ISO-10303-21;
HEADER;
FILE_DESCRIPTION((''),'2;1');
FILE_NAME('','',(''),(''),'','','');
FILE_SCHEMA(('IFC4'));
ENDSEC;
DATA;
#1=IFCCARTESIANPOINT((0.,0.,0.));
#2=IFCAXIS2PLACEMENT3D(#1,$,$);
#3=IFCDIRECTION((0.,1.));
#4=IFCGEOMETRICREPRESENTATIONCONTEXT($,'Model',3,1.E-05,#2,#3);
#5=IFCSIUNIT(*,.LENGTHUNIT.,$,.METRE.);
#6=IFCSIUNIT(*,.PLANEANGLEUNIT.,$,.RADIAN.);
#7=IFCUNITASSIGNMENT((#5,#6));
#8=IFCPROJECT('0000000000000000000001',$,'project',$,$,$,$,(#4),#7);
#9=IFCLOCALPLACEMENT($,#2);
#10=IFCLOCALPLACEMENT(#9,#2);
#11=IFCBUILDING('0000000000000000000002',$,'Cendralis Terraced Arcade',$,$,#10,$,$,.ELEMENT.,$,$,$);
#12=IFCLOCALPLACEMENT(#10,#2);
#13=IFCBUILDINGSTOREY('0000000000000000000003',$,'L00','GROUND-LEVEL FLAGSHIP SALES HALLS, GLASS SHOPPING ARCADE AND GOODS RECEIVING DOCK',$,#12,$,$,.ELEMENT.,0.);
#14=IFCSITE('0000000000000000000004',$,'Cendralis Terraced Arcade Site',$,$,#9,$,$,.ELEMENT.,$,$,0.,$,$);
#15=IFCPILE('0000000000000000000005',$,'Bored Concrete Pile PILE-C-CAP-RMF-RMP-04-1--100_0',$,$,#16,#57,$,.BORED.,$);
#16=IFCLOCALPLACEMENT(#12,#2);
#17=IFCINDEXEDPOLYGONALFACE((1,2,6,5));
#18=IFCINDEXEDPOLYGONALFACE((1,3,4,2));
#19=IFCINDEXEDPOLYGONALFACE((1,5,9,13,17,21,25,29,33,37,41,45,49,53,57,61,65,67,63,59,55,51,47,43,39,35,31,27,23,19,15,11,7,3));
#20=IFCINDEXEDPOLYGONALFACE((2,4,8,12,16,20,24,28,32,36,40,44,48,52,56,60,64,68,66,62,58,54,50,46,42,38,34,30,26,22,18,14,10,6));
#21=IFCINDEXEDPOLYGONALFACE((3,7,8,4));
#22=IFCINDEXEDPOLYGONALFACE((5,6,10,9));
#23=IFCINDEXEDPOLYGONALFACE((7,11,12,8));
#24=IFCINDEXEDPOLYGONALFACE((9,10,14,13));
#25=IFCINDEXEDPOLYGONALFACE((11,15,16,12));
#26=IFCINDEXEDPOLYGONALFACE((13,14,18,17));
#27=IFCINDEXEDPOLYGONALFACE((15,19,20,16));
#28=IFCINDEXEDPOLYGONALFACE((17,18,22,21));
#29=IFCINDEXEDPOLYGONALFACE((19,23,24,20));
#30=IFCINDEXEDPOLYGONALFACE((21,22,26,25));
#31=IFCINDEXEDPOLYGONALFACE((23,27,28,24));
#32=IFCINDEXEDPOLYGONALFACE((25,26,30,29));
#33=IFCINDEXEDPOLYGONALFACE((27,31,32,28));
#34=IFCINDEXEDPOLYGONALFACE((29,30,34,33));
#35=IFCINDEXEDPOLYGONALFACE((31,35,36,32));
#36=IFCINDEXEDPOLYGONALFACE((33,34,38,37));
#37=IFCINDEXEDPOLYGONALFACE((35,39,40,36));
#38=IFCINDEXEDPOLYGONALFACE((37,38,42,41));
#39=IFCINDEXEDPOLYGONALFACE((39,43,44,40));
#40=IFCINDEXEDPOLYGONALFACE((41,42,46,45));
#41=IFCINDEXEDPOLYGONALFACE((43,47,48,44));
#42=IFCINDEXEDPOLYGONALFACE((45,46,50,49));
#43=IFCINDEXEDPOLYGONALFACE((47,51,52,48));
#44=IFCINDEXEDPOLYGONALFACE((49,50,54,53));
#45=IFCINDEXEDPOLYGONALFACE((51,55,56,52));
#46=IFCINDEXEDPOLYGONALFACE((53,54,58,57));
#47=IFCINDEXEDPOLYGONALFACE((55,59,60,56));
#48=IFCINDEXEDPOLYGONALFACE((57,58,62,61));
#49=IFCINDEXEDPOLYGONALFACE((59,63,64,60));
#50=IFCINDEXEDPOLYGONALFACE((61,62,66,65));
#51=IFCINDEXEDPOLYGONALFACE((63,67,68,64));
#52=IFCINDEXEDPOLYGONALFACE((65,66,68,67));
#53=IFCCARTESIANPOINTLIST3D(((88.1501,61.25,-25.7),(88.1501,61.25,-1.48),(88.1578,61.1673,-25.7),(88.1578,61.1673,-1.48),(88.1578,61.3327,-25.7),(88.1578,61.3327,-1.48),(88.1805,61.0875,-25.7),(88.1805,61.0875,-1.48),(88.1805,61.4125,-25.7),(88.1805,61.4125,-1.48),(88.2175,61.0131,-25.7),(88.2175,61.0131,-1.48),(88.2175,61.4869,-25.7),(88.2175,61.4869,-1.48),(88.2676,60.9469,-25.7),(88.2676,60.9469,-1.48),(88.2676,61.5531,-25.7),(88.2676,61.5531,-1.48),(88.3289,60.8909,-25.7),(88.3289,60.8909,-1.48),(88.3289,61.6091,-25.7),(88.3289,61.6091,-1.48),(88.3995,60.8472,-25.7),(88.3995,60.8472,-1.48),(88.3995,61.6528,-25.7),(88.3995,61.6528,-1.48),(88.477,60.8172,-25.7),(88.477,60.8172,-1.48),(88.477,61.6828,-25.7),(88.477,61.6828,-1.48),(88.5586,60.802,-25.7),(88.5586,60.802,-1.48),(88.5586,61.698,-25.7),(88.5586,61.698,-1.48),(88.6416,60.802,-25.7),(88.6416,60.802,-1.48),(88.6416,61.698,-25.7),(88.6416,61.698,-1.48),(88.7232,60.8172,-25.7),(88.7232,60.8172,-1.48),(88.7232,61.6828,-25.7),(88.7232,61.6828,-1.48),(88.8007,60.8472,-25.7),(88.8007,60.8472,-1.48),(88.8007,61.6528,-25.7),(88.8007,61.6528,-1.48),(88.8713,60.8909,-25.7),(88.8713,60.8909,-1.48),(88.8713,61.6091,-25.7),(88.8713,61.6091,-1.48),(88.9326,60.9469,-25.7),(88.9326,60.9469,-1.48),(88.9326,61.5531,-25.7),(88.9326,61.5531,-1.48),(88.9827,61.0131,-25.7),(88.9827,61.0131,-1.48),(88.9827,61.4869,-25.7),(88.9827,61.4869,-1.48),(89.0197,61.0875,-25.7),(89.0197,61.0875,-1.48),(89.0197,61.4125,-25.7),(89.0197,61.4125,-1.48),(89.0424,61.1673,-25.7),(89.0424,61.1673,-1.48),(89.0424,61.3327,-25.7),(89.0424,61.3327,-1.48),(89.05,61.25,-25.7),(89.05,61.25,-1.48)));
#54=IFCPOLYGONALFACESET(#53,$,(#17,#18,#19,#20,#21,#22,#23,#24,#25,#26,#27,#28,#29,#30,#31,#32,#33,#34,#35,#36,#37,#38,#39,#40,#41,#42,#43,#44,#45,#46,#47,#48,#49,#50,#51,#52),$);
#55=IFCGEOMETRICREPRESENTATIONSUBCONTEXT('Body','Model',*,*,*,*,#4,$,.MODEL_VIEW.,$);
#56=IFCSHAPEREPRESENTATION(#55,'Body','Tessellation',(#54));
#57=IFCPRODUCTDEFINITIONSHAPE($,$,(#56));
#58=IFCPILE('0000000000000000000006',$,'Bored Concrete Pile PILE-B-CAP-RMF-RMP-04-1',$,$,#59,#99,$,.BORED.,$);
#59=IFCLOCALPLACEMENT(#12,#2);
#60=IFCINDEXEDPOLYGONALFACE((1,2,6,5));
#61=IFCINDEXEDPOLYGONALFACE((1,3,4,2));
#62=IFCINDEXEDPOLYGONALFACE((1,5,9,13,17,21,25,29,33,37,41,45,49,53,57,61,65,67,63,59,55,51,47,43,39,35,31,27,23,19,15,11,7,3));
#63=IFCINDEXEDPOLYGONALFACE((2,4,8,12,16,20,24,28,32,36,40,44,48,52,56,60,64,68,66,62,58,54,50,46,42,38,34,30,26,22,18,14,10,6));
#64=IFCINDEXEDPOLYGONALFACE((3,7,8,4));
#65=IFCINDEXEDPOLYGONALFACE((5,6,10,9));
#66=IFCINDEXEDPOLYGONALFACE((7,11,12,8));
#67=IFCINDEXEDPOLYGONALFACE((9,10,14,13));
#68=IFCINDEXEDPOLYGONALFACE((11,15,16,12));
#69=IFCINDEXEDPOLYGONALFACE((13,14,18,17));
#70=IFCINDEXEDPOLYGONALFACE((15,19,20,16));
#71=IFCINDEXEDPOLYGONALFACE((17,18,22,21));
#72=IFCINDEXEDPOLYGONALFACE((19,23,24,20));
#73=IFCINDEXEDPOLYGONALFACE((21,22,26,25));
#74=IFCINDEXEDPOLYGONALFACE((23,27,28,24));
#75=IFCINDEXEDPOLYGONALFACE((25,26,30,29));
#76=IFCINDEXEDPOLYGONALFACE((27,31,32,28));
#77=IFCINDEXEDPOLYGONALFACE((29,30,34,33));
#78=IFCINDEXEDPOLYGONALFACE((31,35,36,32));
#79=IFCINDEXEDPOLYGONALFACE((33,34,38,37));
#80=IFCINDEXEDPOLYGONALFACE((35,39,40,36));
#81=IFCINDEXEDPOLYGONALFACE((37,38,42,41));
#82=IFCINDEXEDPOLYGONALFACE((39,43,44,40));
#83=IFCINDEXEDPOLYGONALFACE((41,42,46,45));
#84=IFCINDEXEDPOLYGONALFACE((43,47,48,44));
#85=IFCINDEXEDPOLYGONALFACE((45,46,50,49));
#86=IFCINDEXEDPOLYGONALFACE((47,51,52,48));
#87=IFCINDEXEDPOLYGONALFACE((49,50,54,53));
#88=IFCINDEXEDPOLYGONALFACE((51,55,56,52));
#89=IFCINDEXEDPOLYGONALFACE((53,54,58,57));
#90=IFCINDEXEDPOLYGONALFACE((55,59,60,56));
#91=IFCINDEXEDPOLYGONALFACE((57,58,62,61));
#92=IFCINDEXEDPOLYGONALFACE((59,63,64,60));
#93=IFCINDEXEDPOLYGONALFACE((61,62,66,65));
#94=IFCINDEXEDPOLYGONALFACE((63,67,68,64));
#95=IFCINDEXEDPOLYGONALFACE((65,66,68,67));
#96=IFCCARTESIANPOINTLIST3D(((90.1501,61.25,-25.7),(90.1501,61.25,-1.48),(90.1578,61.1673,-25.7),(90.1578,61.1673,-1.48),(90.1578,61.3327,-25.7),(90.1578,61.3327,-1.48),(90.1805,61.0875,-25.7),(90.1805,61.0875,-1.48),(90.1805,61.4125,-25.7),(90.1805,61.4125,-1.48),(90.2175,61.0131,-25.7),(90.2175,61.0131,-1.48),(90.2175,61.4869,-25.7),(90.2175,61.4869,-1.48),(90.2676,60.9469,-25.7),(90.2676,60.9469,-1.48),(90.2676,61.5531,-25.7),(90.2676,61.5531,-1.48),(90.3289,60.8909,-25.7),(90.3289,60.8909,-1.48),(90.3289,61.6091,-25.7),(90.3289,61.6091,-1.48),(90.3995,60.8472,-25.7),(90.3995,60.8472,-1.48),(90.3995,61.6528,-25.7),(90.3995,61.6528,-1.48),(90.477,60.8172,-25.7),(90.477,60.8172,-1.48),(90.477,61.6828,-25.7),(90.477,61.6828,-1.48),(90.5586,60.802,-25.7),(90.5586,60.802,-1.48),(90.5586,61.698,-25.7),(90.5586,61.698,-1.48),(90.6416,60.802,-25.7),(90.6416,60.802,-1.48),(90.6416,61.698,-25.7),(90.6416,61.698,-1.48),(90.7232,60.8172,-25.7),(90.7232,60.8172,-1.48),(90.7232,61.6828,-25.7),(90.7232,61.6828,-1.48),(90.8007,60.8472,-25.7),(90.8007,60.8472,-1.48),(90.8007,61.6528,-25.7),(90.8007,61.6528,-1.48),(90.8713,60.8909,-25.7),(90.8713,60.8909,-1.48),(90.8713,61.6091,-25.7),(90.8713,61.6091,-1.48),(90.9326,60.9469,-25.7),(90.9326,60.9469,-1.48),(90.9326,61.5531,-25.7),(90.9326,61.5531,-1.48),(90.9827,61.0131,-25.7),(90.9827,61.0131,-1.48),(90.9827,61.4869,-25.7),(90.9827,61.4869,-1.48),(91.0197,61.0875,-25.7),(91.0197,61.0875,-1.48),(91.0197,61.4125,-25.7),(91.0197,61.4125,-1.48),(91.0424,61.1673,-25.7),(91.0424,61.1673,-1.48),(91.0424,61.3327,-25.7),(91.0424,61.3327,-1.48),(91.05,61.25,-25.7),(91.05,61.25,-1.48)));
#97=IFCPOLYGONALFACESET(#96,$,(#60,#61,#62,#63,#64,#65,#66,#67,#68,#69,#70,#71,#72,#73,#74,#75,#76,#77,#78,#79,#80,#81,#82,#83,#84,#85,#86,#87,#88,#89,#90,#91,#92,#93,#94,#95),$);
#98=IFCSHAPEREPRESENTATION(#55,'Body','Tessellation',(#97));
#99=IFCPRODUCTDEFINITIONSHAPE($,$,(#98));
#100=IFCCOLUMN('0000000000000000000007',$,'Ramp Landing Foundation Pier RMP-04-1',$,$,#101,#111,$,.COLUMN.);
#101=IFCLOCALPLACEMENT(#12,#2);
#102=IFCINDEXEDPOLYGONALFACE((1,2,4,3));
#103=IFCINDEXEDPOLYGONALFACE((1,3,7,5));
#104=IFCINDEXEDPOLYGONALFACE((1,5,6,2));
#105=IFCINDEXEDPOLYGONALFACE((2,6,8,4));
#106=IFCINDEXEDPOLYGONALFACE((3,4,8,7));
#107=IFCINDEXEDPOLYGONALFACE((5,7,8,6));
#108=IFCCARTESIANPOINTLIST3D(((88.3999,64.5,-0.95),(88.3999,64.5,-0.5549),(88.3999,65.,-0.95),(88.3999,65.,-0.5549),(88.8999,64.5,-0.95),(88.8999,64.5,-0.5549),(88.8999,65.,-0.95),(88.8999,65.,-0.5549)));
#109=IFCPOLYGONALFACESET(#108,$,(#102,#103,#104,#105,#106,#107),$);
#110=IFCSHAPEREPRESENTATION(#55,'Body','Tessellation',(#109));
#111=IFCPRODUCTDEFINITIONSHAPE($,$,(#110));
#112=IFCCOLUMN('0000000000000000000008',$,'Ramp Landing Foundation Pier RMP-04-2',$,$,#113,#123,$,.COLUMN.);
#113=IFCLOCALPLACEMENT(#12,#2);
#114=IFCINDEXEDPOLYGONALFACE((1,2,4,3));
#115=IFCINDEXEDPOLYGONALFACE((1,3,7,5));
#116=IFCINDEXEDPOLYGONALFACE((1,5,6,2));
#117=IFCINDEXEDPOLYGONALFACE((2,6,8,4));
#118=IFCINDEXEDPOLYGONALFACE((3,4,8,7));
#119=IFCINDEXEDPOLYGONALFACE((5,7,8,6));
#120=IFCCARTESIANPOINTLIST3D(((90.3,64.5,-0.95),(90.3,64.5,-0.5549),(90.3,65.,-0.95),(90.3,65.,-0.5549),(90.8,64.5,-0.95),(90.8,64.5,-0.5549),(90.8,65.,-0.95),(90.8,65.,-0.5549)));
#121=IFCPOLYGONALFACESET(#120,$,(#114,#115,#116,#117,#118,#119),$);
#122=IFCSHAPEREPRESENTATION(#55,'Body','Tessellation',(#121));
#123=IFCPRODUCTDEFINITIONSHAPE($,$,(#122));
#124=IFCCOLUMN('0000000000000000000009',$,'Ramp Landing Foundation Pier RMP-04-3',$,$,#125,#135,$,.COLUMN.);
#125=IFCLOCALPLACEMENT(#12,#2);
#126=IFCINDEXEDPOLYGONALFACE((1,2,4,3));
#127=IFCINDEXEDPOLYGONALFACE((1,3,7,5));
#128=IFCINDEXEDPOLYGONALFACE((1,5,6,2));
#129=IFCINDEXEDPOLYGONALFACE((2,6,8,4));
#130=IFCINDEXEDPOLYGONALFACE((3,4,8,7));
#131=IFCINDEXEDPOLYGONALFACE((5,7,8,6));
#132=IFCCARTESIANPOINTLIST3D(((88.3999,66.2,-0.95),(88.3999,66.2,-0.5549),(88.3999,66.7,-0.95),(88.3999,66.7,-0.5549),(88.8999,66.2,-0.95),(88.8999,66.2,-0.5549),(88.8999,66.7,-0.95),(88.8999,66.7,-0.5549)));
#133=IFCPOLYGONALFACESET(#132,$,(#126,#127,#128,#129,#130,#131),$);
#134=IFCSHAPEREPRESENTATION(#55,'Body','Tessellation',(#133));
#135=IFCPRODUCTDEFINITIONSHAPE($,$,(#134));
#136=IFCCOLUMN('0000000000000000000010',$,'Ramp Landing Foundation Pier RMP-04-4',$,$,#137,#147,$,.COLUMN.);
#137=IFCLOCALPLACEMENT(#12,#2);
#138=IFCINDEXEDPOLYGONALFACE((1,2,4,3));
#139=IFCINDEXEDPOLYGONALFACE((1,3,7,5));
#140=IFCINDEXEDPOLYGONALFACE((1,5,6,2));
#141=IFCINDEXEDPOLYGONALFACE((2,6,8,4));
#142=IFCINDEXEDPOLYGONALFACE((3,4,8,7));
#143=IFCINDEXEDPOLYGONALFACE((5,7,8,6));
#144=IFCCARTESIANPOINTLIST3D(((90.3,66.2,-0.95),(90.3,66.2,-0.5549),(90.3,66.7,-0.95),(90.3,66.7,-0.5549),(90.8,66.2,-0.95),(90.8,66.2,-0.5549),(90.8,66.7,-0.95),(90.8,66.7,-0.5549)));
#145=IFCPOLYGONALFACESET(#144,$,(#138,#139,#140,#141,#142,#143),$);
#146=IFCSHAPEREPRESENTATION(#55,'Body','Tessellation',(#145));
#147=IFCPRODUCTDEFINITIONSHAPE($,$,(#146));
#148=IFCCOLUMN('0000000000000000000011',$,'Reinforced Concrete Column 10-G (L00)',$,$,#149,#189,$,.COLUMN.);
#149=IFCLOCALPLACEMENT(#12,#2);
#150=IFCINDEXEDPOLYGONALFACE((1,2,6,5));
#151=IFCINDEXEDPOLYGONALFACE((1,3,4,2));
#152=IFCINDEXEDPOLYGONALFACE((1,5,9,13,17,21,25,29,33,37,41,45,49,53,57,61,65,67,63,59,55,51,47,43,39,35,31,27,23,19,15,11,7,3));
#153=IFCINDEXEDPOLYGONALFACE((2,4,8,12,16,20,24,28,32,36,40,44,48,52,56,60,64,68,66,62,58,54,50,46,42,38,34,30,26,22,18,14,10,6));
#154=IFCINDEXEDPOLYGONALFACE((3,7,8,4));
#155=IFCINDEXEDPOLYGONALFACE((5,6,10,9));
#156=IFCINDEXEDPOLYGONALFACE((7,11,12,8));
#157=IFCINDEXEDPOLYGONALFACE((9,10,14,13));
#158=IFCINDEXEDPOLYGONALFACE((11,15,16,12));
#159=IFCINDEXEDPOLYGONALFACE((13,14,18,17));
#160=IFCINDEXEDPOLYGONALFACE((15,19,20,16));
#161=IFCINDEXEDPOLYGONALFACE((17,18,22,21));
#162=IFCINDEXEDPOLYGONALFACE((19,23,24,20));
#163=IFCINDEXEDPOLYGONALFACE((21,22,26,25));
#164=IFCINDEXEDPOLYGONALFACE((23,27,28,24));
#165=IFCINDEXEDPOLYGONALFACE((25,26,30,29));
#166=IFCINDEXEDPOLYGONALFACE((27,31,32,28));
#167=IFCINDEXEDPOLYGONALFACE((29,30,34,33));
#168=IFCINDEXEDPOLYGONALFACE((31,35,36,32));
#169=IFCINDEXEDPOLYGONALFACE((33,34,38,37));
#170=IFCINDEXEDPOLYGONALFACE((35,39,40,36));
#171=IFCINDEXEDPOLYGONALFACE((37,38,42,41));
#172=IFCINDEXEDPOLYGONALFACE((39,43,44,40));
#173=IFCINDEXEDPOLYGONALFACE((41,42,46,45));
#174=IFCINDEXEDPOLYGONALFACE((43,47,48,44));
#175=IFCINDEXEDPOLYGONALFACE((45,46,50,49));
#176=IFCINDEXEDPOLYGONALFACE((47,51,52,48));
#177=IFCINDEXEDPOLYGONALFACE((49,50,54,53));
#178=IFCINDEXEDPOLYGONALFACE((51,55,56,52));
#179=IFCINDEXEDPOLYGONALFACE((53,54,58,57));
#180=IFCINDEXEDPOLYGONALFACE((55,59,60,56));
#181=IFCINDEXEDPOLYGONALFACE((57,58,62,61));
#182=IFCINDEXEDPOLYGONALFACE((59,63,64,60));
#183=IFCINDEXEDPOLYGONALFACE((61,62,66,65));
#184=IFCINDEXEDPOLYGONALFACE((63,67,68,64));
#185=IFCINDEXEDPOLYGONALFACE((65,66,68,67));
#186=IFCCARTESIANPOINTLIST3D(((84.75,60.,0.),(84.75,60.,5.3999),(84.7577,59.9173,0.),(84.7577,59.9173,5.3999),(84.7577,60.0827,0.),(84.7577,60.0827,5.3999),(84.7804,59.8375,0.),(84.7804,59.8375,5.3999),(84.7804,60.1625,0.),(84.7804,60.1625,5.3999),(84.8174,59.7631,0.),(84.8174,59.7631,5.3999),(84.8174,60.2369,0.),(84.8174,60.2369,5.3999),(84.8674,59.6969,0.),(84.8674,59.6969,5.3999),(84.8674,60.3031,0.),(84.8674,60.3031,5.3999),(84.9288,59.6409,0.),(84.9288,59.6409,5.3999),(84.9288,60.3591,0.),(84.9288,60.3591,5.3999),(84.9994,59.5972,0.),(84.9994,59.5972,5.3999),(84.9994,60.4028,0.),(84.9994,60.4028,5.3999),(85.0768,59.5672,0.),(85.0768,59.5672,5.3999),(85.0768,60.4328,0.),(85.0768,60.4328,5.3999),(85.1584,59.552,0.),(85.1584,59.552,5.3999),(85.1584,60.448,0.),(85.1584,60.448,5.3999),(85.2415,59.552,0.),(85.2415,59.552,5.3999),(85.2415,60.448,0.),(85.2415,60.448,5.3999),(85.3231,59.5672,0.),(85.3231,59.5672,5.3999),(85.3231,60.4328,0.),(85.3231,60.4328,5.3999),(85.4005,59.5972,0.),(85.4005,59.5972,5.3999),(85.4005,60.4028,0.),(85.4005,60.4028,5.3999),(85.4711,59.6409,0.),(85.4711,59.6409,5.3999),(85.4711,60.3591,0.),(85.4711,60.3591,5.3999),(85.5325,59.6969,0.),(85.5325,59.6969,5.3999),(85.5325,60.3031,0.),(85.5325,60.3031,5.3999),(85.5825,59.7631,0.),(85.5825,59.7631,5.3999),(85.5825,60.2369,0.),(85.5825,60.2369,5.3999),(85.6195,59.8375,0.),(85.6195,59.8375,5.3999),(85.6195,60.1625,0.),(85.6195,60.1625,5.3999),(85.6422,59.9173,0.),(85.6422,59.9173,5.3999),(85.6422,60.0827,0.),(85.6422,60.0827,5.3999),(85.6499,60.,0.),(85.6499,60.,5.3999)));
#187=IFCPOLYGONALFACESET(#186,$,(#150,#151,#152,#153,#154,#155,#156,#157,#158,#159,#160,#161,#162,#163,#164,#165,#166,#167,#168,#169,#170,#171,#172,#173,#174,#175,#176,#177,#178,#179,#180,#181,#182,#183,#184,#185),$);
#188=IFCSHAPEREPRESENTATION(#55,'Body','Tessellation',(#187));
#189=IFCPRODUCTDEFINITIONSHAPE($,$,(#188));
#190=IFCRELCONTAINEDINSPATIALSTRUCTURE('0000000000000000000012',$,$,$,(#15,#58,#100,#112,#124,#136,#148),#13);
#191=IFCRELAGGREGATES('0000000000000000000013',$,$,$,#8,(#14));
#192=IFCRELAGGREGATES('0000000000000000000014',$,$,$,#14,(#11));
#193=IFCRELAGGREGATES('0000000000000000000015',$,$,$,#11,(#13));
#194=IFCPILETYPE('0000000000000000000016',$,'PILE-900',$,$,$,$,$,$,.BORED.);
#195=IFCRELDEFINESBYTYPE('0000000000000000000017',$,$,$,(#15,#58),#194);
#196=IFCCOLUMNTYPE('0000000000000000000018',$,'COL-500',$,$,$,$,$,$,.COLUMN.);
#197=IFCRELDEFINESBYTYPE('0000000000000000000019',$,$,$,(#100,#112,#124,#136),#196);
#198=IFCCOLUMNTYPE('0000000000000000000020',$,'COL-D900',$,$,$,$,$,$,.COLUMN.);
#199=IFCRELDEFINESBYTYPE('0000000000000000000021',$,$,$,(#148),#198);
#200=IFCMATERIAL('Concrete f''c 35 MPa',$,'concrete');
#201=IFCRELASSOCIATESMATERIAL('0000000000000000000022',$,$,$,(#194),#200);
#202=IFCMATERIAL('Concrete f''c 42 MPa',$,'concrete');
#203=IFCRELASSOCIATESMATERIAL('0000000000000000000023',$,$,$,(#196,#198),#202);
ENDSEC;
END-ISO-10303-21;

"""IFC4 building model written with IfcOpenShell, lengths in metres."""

from ifc_helpers import new_model, si_unit, direction, frame, origin, origin_2d, place, context, subcontext, project, spatial, rectangle, circle, extrude, material, material_profile, profile_set, type_object, element, save


model = new_model("IFC4")

# Units and contexts
model_context = context("Model", 3, precision=1e-05, world=origin(), true_north=direction((0.0, 1.0)))
body_context = subcontext(model_context, "Body", "Model", "MODEL_VIEW")
ifc_project = project(units=[si_unit("LENGTHUNIT", "METRE"), si_unit("PLANEANGLEUNIT", "RADIAN")], contexts=[model_context])

# Site, building, storey
site_placement = place(None, origin())
site = spatial("IfcSite", under=ifc_project, at=site_placement, Name="Cendralis Terraced Arcade Site", CompositionType="ELEMENT", RefElevation=0.0)
building_placement = place(site_placement, origin())
building = spatial("IfcBuilding", under=site, at=building_placement, Name="Cendralis Terraced Arcade", CompositionType="ELEMENT")
storey_placement = place(building_placement, origin())
storey = spatial("IfcBuildingStorey", under=building, at=storey_placement, Name="L00", Description="GROUND-LEVEL FLAGSHIP SALES HALLS, GLASS SHOPPING ARCADE AND GOODS RECEIVING DOCK", CompositionType="ELEMENT", Elevation=0.0)

# Shared definitions
ifc_material_1 = material(Name="Concrete f'c 35 MPa", Category="concrete")

# Piles
ifc_material_profile_1 = material_profile(ifc_material_1, circle(Radius=0.45, at=origin_2d()), Name="PILE-D900", Category="LoadBearing")
ifc_profile_set_1 = profile_set([ifc_material_profile_1], Name="Concrete f'c 35 MPa")
pile_type = type_object("IfcPileType", Name="PILE-900", PredefinedType="BORED", material=ifc_profile_set_1)
for number, where, z_axis, x_axis, name in (
    (1, (88.6001, 61.25, -1.48), (0.0, 0.0, -1.0), (1.0, 0.0, 0.0), "Bored Concrete Pile PILE-C-CAP-RMF-RMP-04-1--100_0"),
    (2, (90.6001, 61.25, -1.48), (0.0, 0.0, -1.0), (1.0, 0.0, 0.0), "Bored Concrete Pile PILE-B-CAP-RMF-RMP-04-1"),
):
    element("IfcPile", number, at=place(storey_placement, frame(where, z_axis=z_axis, x_axis=x_axis)), inside=storey, type_object=pile_type, Name=name, PredefinedType="BORED", context=body_context, shape_type="SweptSolid", body=[
        extrude(circle(Radius=0.45, at=origin_2d()), origin(), (0.0, 0.0, 1.0), 24.22),
    ])

# Columns
ifc_material_2 = material(Name="Concrete f'c 42 MPa", Category="concrete")
ifc_material_profile_2 = material_profile(ifc_material_2, rectangle(XDim=0.5, YDim=0.5, at=origin_2d()), Name="RC-COL-500x500", Category="LoadBearing")
ifc_profile_set_2 = profile_set([ifc_material_profile_2], Name="Concrete f'c 42 MPa")
column_type_1 = type_object("IfcColumnType", Name="COL-500", PredefinedType="COLUMN", material=ifc_profile_set_2)
for number, where, z_axis, x_axis, name in (
    (3, (88.6499, 64.75, -0.95), (0.0, 0.0, 1.0), (1.0, 0.0, 0.0), "Ramp Landing Foundation Pier RMP-04-1"),
    (4, (90.55, 64.75, -0.95), (0.0, 0.0, 1.0), (1.0, 0.0, 0.0), "Ramp Landing Foundation Pier RMP-04-2"),
    (5, (88.6499, 66.45, -0.95), (0.0, 0.0, 1.0), (1.0, 0.0, 0.0), "Ramp Landing Foundation Pier RMP-04-3"),
    (6, (90.55, 66.45, -0.95), (0.0, 0.0, 1.0), (1.0, 0.0, 0.0), "Ramp Landing Foundation Pier RMP-04-4"),
):
    element("IfcColumn", number, at=place(storey_placement, frame(where, z_axis=z_axis, x_axis=x_axis)), inside=storey, type_object=column_type_1, Name=name, PredefinedType="COLUMN", context=body_context, shape_type="SweptSolid", body=[
        extrude(rectangle(XDim=0.5, YDim=0.5, at=origin_2d()), origin(), (0.0, 0.0, 1.0), 0.395),
    ])
ifc_material_profile_3 = material_profile(ifc_material_2, circle(Radius=0.45, at=origin_2d()), Name="RC-COL-D900", Category="LoadBearing")
ifc_profile_set_3 = profile_set([ifc_material_profile_3], Name="Concrete f'c 42 MPa")
column_type_2 = type_object("IfcColumnType", Name="COL-D900", PredefinedType="COLUMN", material=ifc_profile_set_3)
for number, where, z_axis, x_axis, name in (
    (7, (85.2, 60.0, 0.0), (0.0, 0.0, 1.0), (1.0, 0.0, 0.0), "Reinforced Concrete Column 10-G (L00)"),
):
    element("IfcColumn", number, at=place(storey_placement, frame(where, z_axis=z_axis, x_axis=x_axis)), inside=storey, type_object=column_type_2, Name=name, PredefinedType="COLUMN", context=body_context, shape_type="SweptSolid", body=[
        extrude(circle(Radius=0.45, at=origin_2d()), origin(), (0.0, 0.0, 1.0), 5.3999),
    ])

save(model, "model.ifc")
